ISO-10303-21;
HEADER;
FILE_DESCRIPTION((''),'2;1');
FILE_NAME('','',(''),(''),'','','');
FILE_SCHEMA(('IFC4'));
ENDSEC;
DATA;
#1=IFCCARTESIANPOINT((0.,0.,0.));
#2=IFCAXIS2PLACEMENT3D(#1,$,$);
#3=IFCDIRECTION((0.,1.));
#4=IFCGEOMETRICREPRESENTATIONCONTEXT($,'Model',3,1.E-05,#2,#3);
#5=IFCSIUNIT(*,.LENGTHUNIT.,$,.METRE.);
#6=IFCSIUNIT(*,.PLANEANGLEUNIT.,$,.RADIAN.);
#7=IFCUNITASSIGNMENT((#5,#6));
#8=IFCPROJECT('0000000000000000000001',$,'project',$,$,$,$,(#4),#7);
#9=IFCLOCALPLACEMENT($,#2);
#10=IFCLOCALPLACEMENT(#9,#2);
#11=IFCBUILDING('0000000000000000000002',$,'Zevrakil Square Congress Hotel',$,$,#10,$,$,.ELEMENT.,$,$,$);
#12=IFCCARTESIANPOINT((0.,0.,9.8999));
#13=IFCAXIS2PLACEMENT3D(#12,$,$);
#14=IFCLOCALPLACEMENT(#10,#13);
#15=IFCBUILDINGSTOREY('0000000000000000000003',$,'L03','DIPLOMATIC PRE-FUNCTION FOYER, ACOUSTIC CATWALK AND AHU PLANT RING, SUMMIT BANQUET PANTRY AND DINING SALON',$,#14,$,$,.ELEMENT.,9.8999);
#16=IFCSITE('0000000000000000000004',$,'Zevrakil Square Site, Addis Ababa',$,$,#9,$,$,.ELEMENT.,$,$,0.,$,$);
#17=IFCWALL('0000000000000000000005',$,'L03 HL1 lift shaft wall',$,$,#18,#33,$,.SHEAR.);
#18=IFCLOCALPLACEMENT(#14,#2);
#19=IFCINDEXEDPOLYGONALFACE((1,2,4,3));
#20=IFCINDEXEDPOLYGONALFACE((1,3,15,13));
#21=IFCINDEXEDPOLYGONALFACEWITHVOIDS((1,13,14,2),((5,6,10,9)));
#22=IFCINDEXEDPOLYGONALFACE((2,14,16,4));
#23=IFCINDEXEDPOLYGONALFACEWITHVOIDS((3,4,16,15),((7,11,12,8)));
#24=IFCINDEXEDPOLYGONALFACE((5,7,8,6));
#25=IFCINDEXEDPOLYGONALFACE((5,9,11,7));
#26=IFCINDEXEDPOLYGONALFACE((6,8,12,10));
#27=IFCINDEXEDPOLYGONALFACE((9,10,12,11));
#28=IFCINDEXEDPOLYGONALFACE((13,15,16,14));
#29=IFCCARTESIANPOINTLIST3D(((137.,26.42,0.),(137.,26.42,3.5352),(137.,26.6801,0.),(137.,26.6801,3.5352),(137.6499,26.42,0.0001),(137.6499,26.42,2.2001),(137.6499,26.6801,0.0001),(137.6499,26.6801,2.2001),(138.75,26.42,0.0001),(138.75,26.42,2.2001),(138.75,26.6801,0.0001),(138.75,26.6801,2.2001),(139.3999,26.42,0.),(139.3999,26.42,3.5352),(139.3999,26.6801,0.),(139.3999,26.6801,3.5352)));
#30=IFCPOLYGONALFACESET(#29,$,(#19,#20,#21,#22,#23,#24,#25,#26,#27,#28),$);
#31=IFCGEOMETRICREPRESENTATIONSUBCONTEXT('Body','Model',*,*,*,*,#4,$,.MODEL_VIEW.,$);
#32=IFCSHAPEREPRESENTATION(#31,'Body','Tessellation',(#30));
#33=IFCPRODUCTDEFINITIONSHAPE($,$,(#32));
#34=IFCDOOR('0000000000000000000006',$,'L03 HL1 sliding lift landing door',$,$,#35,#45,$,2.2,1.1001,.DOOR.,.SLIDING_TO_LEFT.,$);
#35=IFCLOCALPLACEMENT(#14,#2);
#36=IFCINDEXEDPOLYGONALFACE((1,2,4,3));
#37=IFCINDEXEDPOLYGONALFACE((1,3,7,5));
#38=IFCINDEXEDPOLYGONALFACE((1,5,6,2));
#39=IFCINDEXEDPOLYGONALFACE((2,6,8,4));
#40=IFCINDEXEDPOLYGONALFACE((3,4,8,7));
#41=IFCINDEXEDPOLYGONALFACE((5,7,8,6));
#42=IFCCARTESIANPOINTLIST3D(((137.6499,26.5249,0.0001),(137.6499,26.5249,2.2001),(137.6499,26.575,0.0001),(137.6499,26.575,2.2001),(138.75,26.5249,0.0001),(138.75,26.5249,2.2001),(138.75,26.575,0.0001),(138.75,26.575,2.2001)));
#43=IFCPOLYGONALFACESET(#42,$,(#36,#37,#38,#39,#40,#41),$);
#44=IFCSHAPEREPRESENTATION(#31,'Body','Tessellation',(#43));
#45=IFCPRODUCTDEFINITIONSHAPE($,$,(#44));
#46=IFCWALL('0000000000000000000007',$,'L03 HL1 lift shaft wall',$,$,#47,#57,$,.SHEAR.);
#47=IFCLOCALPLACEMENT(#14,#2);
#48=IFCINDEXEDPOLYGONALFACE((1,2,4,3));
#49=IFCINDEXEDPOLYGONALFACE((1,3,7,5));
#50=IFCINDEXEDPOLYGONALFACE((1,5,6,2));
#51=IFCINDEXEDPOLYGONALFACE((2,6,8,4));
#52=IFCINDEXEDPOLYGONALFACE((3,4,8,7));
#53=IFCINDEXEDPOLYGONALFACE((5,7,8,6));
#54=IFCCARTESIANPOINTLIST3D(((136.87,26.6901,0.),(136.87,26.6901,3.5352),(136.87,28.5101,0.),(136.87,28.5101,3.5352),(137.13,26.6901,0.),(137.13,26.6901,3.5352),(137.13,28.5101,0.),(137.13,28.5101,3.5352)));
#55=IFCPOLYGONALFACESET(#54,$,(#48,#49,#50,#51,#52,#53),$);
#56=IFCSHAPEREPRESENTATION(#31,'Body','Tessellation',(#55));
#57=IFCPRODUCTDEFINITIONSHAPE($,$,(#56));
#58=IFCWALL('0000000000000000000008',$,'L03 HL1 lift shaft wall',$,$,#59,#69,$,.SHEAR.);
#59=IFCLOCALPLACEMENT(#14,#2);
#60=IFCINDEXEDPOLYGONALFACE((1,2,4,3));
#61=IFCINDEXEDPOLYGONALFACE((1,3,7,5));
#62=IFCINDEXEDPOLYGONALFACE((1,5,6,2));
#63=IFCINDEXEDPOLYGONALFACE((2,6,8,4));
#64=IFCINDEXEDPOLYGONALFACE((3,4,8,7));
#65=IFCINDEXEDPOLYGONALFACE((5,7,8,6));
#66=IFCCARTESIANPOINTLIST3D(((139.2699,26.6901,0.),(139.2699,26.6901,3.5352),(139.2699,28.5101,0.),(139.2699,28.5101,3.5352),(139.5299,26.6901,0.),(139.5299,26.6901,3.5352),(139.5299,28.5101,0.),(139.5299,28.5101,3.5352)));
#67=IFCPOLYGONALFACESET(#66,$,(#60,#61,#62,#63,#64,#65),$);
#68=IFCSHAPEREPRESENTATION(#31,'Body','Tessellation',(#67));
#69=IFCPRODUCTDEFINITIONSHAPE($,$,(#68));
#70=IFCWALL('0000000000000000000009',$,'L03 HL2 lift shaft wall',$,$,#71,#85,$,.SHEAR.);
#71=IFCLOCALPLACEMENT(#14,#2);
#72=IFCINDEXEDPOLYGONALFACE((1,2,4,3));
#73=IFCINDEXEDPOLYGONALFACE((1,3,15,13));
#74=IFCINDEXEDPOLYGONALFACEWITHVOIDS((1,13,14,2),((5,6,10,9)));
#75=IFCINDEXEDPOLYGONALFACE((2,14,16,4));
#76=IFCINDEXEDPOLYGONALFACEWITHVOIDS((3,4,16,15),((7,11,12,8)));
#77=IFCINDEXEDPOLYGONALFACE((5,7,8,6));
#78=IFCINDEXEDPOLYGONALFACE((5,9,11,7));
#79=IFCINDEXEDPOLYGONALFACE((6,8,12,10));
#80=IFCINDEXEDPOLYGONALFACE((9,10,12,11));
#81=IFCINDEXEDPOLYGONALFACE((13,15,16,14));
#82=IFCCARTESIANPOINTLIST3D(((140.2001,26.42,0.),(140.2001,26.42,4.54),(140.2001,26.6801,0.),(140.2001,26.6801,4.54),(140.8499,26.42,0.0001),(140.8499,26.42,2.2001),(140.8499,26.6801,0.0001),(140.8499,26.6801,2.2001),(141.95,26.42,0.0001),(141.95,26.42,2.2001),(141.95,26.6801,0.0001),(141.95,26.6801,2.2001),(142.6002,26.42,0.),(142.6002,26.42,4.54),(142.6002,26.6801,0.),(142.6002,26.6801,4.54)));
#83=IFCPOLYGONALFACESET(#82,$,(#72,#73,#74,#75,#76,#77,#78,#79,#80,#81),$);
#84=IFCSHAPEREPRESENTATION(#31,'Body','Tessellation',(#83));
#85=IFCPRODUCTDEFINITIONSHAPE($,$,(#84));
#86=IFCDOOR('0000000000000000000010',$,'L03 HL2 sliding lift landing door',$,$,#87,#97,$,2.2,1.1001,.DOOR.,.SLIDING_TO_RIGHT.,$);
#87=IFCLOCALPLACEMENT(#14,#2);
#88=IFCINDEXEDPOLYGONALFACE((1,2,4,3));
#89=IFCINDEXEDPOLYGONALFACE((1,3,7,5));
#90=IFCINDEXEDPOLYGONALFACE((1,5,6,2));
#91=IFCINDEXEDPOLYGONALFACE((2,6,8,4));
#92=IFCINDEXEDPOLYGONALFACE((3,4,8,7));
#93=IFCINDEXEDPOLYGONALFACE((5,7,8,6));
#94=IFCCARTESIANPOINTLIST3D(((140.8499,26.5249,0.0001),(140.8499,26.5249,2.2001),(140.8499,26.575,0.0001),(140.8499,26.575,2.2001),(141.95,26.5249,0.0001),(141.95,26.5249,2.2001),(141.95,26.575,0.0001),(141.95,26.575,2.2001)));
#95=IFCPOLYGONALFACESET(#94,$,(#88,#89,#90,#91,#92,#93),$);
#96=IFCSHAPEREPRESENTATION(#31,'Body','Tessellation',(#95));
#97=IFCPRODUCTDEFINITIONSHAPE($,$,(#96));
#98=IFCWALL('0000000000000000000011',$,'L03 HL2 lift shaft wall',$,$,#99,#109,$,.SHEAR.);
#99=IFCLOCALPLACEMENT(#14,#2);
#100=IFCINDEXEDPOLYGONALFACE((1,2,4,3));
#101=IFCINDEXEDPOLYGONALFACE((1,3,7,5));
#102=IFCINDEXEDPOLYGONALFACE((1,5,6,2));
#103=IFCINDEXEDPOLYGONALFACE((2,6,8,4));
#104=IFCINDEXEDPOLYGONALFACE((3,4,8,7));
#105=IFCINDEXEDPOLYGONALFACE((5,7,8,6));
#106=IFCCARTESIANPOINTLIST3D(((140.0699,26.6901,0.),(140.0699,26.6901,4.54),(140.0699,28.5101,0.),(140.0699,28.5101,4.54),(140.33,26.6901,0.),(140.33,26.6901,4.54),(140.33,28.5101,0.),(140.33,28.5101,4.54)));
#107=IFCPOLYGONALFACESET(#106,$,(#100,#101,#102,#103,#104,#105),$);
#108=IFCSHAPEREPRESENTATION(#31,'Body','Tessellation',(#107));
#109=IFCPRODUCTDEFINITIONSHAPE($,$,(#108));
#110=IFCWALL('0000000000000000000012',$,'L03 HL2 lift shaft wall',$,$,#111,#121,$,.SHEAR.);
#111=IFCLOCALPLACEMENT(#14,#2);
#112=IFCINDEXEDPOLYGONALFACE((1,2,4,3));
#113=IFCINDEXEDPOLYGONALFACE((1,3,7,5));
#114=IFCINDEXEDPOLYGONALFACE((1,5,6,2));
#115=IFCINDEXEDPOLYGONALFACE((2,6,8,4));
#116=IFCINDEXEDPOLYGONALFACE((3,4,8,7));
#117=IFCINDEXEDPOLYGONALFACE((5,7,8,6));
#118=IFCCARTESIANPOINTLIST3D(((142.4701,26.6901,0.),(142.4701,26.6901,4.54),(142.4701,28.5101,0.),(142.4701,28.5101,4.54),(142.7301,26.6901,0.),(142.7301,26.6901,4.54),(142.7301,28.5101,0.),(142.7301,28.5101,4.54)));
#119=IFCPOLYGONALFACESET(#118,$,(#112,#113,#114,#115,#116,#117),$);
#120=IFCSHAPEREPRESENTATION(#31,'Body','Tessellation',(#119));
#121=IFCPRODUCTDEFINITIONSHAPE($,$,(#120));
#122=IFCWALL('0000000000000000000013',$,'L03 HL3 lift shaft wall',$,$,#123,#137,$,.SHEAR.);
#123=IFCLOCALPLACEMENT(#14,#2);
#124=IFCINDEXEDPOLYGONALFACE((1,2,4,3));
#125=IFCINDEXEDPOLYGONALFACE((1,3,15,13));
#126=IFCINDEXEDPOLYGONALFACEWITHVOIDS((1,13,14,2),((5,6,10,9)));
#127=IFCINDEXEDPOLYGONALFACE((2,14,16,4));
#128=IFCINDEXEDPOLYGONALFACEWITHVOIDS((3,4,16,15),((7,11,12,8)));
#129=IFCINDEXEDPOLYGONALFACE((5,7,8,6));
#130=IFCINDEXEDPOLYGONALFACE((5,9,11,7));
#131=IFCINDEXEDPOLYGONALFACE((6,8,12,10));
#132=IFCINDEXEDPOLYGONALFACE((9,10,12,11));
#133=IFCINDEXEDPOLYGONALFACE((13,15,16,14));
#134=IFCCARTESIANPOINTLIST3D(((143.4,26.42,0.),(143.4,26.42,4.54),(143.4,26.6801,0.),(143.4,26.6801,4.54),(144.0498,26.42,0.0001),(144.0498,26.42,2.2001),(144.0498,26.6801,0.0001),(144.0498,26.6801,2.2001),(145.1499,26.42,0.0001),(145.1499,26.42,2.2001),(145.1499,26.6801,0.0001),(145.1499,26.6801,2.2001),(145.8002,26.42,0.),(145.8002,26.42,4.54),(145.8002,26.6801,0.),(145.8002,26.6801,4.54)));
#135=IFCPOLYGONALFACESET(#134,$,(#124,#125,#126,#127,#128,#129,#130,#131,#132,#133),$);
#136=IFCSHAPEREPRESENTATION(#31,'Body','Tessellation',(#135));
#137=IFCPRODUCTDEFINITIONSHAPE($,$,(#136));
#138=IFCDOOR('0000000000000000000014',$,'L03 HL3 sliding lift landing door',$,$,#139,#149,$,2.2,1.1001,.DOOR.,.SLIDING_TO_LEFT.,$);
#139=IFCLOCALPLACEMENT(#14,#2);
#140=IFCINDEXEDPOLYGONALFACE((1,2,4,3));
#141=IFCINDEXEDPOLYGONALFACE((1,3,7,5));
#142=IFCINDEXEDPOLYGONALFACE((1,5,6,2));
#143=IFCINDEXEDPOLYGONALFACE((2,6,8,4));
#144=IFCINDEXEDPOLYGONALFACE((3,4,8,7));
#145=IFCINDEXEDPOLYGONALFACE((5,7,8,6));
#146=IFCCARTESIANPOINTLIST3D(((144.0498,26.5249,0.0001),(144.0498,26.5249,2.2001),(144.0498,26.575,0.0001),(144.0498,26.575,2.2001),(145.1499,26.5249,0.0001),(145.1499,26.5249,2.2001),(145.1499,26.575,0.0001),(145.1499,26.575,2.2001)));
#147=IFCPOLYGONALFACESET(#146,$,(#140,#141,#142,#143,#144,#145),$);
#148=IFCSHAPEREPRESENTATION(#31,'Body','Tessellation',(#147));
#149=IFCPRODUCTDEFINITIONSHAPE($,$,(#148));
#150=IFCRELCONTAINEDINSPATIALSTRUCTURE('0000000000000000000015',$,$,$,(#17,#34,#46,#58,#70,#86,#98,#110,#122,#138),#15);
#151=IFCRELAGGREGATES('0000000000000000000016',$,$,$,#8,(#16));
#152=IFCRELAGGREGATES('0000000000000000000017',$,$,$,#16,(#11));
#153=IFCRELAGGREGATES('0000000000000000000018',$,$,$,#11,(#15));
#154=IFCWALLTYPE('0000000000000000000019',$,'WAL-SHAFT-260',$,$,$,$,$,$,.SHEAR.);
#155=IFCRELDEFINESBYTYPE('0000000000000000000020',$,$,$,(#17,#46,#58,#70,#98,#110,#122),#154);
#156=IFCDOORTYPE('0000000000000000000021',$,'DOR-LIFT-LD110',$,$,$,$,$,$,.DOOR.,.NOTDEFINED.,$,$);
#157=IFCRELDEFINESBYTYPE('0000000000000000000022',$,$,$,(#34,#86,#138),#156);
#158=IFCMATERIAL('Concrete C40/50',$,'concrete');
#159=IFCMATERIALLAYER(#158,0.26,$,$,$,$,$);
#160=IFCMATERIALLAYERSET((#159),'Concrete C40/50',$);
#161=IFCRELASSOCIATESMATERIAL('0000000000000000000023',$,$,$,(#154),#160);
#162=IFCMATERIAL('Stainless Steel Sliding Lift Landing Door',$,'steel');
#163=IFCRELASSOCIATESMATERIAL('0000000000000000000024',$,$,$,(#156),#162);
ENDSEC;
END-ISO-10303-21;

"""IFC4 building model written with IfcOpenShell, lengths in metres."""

from ifc_helpers import new_model, si_unit, direction, frame, frame_2d, origin, place, context, subcontext, project, spatial, rectangle, extrude, material, layer, layer_set, type_object, element, fill, save


model = new_model("IFC4")

# Units and contexts
model_context = context("Model", 3, precision=1e-05, world=origin(), true_north=direction((0.0, 1.0)))
body_context = subcontext(model_context, "Body", "Model", "MODEL_VIEW")
ifc_project = project(units=[si_unit("LENGTHUNIT", "METRE"), si_unit("PLANEANGLEUNIT", "RADIAN")], contexts=[model_context])

# Site, building, storey
site_placement = place(None, origin())
site = spatial("IfcSite", under=ifc_project, at=site_placement, Name="Zevrakil Square Site, Addis Ababa", CompositionType="ELEMENT", RefElevation=0.0)
building_placement = place(site_placement, origin())
building = spatial("IfcBuilding", under=site, at=building_placement, Name="Zevrakil Square Congress Hotel", CompositionType="ELEMENT")
storey_placement = place(building_placement, frame((0.0, 0.0, 9.8999)))
storey = spatial("IfcBuildingStorey", under=building, at=storey_placement, Name="L03", Description="DIPLOMATIC PRE-FUNCTION FOYER, ACOUSTIC CATWALK AND AHU PLANT RING, SUMMIT BANQUET PANTRY AND DINING SALON", CompositionType="ELEMENT", Elevation=9.8999)

# Shared definitions
ifc_material_1 = material(Name="Concrete C40/50", Category="concrete")
ifc_layer_1 = layer(ifc_material_1, 0.26)
ifc_layer_set_1 = layer_set([ifc_layer_1], Name="Concrete C40/50")
wall_type = type_object("IfcWallType", Name="WAL-SHAFT-260", PredefinedType="SHEAR", material=ifc_layer_set_1)

# Wall, opening, door
wall_1_placement = place(storey_placement, frame((137.0, 26.55, 0.0), z_axis=(0.0, 0.0, 1.0), x_axis=(1.0, 0.0, 0.0)))
wall_1 = element("IfcWall", 1, at=wall_1_placement, inside=storey, type_object=wall_type, Name="L03 HL1 lift shaft wall", PredefinedType="SHEAR", context=body_context, shape_type="SweptSolid", body=[
    extrude(rectangle(XDim=2.3999, YDim=0.26, at=frame_2d((1.2, 0.0))), origin(), (0.0, 0.0, 1.0), 3.5352),
])
opening_1_placement = place(wall_1_placement, frame((0.6499, 0.0, 0.0)))
opening_1 = element("IfcOpeningElement", 2, at=opening_1_placement, cuts=wall_1, PredefinedType="OPENING", context=body_context, shape_type="SweptSolid", body=[
    extrude(rectangle(XDim=1.1001, YDim=2.2, at=frame_2d((0.55, 1.1001))), frame((0.0, 0.1401, 0.0), z_axis=(0.0, -1.0, 0.0), x_axis=(1.0, 0.0, 0.0)), (0.0, 0.0, 1.0), 0.28),
])
ifc_material_2 = material(Name="Stainless Steel Sliding Lift Landing Door", Category="steel")
door_type = type_object("IfcDoorType", Name="DOR-LIFT-LD110", OperationType="NOTDEFINED", PredefinedType="DOOR", material=ifc_material_2)
door_1_placement = place(opening_1_placement, origin())
door_1 = element("IfcDoor", 3, at=door_1_placement, inside=storey, type_object=door_type, Name="L03 HL1 sliding lift landing door", OperationType="SLIDING_TO_LEFT", OverallHeight=2.2, OverallWidth=1.1001, PredefinedType="DOOR", context=body_context, shape_type="SweptSolid", body=[
    extrude(rectangle(XDim=1.1001, YDim=2.2, at=frame_2d((0.55, 1.1001))), frame((0.0, 0.0249, 0.0), z_axis=(0.0, -1.0, 0.0), x_axis=(1.0, 0.0, 0.0)), (0.0, 0.0, 1.0), 0.05),
])
fill(opening_1, door_1)

# Walls
for number, where, z_axis, x_axis, name in (
    (4, (137.0, 26.6899, 0.0), (0.0, 0.0, 1.0), (0.0, 1.0, 0.0), "L03 HL1 lift shaft wall"),
    (5, (139.3999, 26.6899, 0.0), (0.0, 0.0, 1.0), (0.0, 1.0, 0.0), "L03 HL1 lift shaft wall"),
):
    element("IfcWall", number, at=place(storey_placement, frame(where, z_axis=z_axis, x_axis=x_axis)), inside=storey, type_object=wall_type, Name=name, PredefinedType="SHEAR", context=body_context, shape_type="SweptSolid", body=[
        extrude(rectangle(XDim=1.8201, YDim=0.26, at=frame_2d((0.9102, 0.0))), origin(), (0.0, 0.0, 1.0), 3.5352),
    ])

# Wall, opening, door
wall_2_placement = place(storey_placement, frame((140.2, 26.55, 0.0), z_axis=(0.0, 0.0, 1.0), x_axis=(1.0, 0.0, 0.0)))
wall_2 = element("IfcWall", 6, at=wall_2_placement, inside=storey, type_object=wall_type, Name="L03 HL2 lift shaft wall", PredefinedType="SHEAR", context=body_context, shape_type="SweptSolid", body=[
    extrude(rectangle(XDim=2.4001, YDim=0.26, at=frame_2d((1.2002, 0.0))), origin(), (0.0, 0.0, 1.0), 4.54),
])
opening_2_placement = place(wall_2_placement, frame((0.6499, 0.0, 0.0)))
opening_2 = element("IfcOpeningElement", 7, at=opening_2_placement, cuts=wall_2, PredefinedType="OPENING", context=body_context, shape_type="SweptSolid", body=[
    extrude(rectangle(XDim=1.1001, YDim=2.2, at=frame_2d((0.55, 1.1001))), frame((0.0, 0.1401, 0.0), z_axis=(0.0, -1.0, 0.0), x_axis=(1.0, 0.0, 0.0)), (0.0, 0.0, 1.0), 0.28),
])
door_2_placement = place(opening_2_placement, origin())
door_2 = element("IfcDoor", 8, at=door_2_placement, inside=storey, type_object=door_type, Name="L03 HL2 sliding lift landing door", OperationType="SLIDING_TO_RIGHT", OverallHeight=2.2, OverallWidth=1.1001, PredefinedType="DOOR", context=body_context, shape_type="SweptSolid", body=[
    extrude(rectangle(XDim=1.1001, YDim=2.2, at=frame_2d((0.55, 1.1001))), frame((0.0, 0.0249, 0.0), z_axis=(0.0, -1.0, 0.0), x_axis=(1.0, 0.0, 0.0)), (0.0, 0.0, 1.0), 0.05),
])
fill(opening_2, door_2)

# Walls
for number, where, z_axis, x_axis, name in (
    (9, (140.2, 26.6899, 0.0), (0.0, 0.0, 1.0), (0.0, 1.0, 0.0), "L03 HL2 lift shaft wall"),
    (10, (142.6001, 26.6899, 0.0), (0.0, 0.0, 1.0), (0.0, 1.0, 0.0), "L03 HL2 lift shaft wall"),
):
    element("IfcWall", number, at=place(storey_placement, frame(where, z_axis=z_axis, x_axis=x_axis)), inside=storey, type_object=wall_type, Name=name, PredefinedType="SHEAR", context=body_context, shape_type="SweptSolid", body=[
        extrude(rectangle(XDim=1.8201, YDim=0.26, at=frame_2d((0.9102, 0.0))), origin(), (0.0, 0.0, 1.0), 4.54),
    ])

# Wall, opening, door
wall_3_placement = place(storey_placement, frame((143.3999, 26.55, 0.0), z_axis=(0.0, 0.0, 1.0), x_axis=(1.0, 0.0, 0.0)))
wall_3 = element("IfcWall", 11, at=wall_3_placement, inside=storey, type_object=wall_type, Name="L03 HL3 lift shaft wall", PredefinedType="SHEAR", context=body_context, shape_type="SweptSolid", body=[
    extrude(rectangle(XDim=2.4001, YDim=0.26, at=frame_2d((1.2002, 0.0))), origin(), (0.0, 0.0, 1.0), 4.54),
])
opening_3_placement = place(wall_3_placement, frame((0.6499, 0.0, 0.0)))
opening_3 = element("IfcOpeningElement", 12, at=opening_3_placement, cuts=wall_3, PredefinedType="OPENING", context=body_context, shape_type="SweptSolid", body=[
    extrude(rectangle(XDim=1.1001, YDim=2.2, at=frame_2d((0.55, 1.1001))), frame((0.0, 0.1401, 0.0), z_axis=(0.0, -1.0, 0.0), x_axis=(1.0, 0.0, 0.0)), (0.0, 0.0, 1.0), 0.28),
])
door_3_placement = place(opening_3_placement, origin())
door_3 = element("IfcDoor", 13, at=door_3_placement, inside=storey, type_object=door_type, Name="L03 HL3 sliding lift landing door", OperationType="SLIDING_TO_LEFT", OverallHeight=2.2, OverallWidth=1.1001, PredefinedType="DOOR", context=body_context, shape_type="SweptSolid", body=[
    extrude(rectangle(XDim=1.1001, YDim=2.2, at=frame_2d((0.55, 1.1001))), frame((0.0, 0.0249, 0.0), z_axis=(0.0, -1.0, 0.0), x_axis=(1.0, 0.0, 0.0)), (0.0, 0.0, 1.0), 0.05),
])
fill(opening_3, door_3)

save(model, "model.ifc")
